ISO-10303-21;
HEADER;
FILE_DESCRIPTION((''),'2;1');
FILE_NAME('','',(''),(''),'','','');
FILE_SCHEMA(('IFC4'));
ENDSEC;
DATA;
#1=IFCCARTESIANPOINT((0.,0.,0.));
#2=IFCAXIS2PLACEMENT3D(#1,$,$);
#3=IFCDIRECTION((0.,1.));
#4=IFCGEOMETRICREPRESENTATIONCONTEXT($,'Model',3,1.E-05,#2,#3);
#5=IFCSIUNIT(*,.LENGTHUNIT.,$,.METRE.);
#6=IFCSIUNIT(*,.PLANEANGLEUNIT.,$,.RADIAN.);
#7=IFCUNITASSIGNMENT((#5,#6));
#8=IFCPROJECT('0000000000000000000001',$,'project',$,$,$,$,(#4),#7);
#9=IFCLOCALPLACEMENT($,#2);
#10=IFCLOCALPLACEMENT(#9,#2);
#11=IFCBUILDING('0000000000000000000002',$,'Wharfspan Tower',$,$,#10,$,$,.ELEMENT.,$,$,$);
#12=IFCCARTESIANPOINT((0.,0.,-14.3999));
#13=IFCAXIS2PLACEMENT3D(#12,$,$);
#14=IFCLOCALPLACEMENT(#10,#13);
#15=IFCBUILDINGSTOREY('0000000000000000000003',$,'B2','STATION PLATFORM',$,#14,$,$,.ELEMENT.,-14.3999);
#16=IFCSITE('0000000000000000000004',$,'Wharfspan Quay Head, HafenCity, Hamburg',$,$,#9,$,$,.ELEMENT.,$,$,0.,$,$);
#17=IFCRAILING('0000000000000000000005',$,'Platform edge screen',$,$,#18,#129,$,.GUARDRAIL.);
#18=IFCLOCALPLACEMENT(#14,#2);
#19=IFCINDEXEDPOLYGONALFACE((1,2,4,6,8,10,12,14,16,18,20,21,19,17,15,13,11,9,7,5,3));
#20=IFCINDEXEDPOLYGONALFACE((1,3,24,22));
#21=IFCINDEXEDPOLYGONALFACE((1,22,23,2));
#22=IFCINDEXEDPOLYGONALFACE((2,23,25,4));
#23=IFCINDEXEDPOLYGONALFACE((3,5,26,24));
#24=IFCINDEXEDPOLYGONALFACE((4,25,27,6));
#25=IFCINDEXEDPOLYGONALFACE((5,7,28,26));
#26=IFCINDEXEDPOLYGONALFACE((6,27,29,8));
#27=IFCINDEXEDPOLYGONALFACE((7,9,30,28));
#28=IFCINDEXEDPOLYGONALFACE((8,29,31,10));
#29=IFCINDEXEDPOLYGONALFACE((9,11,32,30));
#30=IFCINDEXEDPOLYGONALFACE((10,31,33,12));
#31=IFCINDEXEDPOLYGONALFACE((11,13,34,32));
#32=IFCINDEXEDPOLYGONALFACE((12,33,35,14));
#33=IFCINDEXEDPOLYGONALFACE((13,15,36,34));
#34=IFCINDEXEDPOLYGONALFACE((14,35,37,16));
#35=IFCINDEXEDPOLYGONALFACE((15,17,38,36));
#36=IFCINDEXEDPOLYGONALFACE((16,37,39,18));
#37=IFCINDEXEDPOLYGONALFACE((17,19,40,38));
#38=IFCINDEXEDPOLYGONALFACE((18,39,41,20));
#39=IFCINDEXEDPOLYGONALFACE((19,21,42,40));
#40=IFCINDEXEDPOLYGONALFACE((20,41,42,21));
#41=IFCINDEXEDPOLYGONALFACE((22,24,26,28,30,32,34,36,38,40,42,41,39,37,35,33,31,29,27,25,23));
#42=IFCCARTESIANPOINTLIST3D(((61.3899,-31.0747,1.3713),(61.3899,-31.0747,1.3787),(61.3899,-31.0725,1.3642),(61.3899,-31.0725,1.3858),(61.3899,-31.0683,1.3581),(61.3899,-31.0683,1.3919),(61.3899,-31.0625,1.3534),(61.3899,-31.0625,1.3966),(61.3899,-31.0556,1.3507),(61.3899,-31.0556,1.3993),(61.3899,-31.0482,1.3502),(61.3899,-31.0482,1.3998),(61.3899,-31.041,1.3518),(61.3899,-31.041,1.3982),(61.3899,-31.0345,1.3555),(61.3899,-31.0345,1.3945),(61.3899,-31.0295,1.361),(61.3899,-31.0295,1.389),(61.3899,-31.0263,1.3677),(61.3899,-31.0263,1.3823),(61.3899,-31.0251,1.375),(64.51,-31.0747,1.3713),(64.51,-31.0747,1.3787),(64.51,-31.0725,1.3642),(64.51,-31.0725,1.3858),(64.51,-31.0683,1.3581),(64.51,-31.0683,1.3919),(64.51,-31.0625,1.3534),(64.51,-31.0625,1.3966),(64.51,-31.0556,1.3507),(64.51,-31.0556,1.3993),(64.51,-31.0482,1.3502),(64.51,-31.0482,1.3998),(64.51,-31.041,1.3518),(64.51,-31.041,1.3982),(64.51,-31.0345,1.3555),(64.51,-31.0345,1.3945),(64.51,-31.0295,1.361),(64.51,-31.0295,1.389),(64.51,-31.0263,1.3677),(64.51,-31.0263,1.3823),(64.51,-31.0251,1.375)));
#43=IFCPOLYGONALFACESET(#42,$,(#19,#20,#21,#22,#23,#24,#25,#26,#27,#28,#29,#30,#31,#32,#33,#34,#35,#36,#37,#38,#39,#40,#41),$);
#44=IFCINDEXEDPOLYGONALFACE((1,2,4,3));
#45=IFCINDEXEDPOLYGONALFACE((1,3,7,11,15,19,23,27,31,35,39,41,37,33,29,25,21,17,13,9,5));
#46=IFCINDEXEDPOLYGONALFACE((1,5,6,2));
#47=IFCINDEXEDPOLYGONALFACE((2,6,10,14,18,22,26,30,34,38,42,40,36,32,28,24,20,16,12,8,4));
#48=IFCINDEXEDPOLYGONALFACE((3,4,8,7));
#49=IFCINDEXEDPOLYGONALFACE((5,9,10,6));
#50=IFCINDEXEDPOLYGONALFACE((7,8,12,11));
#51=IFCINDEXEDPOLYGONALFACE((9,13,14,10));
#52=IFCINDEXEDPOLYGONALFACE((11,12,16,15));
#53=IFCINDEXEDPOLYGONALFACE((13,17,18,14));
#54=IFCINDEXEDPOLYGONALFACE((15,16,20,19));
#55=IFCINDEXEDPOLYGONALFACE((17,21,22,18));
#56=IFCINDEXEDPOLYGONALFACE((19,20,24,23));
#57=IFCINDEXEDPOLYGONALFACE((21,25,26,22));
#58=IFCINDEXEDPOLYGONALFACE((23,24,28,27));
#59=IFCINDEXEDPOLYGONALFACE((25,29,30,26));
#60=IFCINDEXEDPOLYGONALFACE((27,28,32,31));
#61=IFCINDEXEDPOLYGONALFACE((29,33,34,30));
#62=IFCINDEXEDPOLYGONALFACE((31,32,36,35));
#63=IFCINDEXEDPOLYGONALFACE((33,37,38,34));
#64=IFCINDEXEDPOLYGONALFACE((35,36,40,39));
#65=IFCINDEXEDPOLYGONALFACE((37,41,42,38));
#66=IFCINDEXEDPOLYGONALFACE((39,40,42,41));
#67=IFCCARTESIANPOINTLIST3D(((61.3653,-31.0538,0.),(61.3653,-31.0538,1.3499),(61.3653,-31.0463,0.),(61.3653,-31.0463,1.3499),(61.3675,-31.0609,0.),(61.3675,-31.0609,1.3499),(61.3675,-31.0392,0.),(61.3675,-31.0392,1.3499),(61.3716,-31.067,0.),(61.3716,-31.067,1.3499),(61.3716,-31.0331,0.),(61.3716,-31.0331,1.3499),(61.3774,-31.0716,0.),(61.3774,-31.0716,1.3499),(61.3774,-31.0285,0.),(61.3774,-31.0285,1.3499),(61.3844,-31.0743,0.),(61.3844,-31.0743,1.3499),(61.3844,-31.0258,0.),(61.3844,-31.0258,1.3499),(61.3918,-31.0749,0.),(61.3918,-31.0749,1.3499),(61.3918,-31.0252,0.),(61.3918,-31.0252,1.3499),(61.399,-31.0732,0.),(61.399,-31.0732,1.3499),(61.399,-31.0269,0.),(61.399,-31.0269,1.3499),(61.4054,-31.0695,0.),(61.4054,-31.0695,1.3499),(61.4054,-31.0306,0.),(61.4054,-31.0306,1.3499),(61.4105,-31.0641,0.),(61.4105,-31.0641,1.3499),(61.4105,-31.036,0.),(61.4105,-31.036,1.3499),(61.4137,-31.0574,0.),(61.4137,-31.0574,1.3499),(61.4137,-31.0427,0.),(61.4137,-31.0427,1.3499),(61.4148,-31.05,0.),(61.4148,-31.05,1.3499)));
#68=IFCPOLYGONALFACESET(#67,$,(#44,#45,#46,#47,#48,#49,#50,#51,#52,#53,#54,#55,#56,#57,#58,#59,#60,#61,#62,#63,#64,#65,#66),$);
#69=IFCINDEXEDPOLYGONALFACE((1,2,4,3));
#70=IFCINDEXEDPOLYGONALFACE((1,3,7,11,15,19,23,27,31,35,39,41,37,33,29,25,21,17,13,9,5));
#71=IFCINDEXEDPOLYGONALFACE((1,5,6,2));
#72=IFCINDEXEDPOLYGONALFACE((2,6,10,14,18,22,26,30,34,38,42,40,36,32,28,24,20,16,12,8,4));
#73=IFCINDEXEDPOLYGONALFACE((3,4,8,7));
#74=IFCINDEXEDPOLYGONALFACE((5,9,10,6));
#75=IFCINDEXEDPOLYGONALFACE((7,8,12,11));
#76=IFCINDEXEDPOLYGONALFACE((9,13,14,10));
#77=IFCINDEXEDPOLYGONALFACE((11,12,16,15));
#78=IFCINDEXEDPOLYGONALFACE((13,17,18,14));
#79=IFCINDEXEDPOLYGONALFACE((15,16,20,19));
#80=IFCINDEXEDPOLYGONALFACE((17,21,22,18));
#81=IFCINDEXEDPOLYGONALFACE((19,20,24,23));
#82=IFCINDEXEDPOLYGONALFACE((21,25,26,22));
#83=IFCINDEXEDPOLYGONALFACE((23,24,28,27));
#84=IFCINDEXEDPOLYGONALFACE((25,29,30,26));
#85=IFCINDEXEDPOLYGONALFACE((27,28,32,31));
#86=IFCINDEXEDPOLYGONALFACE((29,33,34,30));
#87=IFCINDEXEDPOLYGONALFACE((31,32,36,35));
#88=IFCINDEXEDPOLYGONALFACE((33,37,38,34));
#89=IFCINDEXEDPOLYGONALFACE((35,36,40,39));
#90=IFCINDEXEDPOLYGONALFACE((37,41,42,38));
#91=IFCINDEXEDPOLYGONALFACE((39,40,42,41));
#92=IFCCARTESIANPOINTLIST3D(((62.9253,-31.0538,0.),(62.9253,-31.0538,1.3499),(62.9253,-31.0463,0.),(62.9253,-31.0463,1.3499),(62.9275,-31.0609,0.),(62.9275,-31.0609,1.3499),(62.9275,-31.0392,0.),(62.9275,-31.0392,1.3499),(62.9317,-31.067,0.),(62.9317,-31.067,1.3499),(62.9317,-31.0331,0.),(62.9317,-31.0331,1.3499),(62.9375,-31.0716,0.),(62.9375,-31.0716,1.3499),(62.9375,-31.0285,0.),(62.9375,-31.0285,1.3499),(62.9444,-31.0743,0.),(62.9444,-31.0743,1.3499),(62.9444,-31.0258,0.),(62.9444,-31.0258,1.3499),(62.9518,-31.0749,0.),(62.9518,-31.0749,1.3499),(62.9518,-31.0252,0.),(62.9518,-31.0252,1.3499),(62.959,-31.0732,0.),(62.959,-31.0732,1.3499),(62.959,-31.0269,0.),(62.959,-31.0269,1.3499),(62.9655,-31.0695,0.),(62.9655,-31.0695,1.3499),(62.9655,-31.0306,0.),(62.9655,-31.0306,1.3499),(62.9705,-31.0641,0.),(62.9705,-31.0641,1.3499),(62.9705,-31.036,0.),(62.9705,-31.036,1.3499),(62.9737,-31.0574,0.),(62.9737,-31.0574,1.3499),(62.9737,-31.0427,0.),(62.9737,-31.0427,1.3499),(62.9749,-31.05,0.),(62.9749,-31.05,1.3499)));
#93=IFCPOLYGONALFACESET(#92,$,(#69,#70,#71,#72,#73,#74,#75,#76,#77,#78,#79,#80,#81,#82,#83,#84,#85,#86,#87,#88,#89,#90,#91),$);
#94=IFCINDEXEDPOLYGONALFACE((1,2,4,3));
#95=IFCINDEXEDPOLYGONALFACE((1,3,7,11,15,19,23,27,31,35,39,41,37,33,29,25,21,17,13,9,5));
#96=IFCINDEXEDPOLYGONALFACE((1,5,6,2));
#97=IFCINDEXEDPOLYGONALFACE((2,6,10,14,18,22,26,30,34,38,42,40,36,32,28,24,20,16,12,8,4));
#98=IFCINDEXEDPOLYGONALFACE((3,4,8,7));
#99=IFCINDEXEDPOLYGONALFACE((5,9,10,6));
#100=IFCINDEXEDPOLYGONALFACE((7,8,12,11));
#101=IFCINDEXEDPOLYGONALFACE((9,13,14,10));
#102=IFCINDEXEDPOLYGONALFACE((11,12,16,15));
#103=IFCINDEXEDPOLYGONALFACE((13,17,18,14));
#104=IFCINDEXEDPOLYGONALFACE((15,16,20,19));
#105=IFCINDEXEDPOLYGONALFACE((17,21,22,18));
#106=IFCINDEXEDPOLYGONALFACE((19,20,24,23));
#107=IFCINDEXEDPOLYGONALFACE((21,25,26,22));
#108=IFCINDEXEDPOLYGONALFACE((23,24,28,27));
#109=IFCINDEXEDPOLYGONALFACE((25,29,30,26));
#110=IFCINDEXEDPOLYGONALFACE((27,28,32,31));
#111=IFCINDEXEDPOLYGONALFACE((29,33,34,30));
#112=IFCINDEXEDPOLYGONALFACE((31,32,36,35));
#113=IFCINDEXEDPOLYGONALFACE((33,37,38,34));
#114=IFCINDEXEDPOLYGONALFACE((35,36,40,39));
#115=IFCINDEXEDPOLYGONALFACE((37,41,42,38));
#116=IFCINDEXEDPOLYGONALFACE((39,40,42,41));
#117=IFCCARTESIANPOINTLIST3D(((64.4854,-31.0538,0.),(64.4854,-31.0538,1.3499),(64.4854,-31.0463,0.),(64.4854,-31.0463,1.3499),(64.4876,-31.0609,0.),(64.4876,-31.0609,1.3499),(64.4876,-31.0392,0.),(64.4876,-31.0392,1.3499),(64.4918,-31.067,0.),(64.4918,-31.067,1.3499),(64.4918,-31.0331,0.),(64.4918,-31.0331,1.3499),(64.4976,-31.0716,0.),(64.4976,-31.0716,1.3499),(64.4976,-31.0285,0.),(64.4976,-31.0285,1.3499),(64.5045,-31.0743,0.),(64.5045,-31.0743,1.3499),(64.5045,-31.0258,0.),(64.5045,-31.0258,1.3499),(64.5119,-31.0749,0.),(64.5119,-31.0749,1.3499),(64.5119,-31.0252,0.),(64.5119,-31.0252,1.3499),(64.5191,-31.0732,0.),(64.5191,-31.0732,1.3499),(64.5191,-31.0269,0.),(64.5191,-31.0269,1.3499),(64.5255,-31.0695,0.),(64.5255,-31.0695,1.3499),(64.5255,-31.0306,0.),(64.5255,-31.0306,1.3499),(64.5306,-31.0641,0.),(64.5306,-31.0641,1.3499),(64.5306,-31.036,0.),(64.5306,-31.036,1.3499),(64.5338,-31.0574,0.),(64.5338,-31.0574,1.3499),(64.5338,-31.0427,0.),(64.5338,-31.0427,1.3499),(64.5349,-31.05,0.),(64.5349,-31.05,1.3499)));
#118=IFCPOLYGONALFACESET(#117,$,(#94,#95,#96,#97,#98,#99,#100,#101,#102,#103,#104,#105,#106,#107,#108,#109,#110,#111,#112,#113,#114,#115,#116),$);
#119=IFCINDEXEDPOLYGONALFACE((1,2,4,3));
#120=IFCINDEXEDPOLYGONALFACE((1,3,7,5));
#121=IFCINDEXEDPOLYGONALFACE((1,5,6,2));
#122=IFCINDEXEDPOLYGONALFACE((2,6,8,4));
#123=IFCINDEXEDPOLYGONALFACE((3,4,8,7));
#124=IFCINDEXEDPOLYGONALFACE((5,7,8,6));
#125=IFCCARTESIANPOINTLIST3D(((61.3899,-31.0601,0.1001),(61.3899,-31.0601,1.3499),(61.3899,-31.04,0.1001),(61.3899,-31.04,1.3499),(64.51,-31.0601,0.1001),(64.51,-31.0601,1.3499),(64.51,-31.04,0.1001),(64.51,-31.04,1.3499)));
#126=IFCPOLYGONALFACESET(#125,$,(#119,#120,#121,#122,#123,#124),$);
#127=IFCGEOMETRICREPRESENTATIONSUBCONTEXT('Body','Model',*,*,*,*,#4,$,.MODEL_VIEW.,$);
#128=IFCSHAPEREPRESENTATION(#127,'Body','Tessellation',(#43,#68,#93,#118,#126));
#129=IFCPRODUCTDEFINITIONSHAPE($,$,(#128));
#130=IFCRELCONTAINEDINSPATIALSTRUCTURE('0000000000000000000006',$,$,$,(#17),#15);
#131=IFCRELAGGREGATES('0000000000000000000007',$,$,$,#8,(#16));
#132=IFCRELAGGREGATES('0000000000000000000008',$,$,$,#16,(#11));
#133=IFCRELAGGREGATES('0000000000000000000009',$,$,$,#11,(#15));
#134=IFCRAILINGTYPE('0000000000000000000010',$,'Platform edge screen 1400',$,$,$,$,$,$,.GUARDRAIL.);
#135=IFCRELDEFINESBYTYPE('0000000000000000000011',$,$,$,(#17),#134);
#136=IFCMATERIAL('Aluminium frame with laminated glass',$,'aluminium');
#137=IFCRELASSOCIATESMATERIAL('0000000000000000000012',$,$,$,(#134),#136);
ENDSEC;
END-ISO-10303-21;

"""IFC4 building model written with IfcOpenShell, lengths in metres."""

from ifc_helpers import new_model, si_unit, direction, frame, origin, origin_2d, place, context, subcontext, project, spatial, rectangle, circle, extrude, material, type_object, element, save


model = new_model("IFC4")

# Units and contexts
model_context = context("Model", 3, precision=1e-05, world=origin(), true_north=direction((0.0, 1.0)))
body_context = subcontext(model_context, "Body", "Model", "MODEL_VIEW")
ifc_project = project(units=[si_unit("LENGTHUNIT", "METRE"), si_unit("PLANEANGLEUNIT", "RADIAN")], contexts=[model_context])

# Site, building, storey
site_placement = place(None, origin())
site = spatial("IfcSite", under=ifc_project, at=site_placement, Name="Wharfspan Quay Head, HafenCity, Hamburg", CompositionType="ELEMENT", RefElevation=0.0)
building_placement = place(site_placement, origin())
building = spatial("IfcBuilding", under=site, at=building_placement, Name="Wharfspan Tower", CompositionType="ELEMENT")
storey_placement = place(building_placement, frame((0.0, 0.0, -14.3999)))
storey = spatial("IfcBuildingStorey", under=building, at=storey_placement, Name="B2", Description="STATION PLATFORM", CompositionType="ELEMENT", Elevation=-14.3999)

# Railing
ifc_material_1 = material(Name="Aluminium frame with laminated glass", Category="aluminium")
railing_type_1 = type_object("IfcRailingType", Name="Platform edge screen 1400", PredefinedType="GUARDRAIL", material=ifc_material_1)
for number, where, name in (
    (1, (61.3899, -31.05, 0.0), "Platform edge screen"),
):
    element("IfcRailing", number, at=place(storey_placement, frame(where)), inside=storey, type_object=railing_type_1, Name=name, PredefinedType="GUARDRAIL", context=body_context, shape_type="SweptSolid", body=[
        extrude(circle(Radius=0.0249, at=origin_2d()), frame((0.0, 0.0, 1.375), z_axis=(1.0, 0.0, 0.0), x_axis=(0.0, 1.0, 0.0)), (0.0, 0.0, 1.0), 3.1201),
        extrude(circle(Radius=0.0249, at=origin_2d()), origin(), (0.0, 0.0, 1.0), 1.3499),
        extrude(circle(Radius=0.0249, at=origin_2d()), frame((1.5601, 0.0, 0.0)), (0.0, 0.0, 1.0), 1.3499),
        extrude(circle(Radius=0.0249, at=origin_2d()), frame((3.1201, 0.0, 0.0)), (0.0, 0.0, 1.0), 1.3499),
        extrude(rectangle(XDim=3.1201, YDim=0.02, at=origin_2d()), frame((1.5601, 0.0, 0.1001), z_axis=(0.0, 0.0, 1.0), x_axis=(1.0, 0.0, 0.0)), (0.0, 0.0, 1.0), 1.2498),
    ])

save(model, "model.ifc")
